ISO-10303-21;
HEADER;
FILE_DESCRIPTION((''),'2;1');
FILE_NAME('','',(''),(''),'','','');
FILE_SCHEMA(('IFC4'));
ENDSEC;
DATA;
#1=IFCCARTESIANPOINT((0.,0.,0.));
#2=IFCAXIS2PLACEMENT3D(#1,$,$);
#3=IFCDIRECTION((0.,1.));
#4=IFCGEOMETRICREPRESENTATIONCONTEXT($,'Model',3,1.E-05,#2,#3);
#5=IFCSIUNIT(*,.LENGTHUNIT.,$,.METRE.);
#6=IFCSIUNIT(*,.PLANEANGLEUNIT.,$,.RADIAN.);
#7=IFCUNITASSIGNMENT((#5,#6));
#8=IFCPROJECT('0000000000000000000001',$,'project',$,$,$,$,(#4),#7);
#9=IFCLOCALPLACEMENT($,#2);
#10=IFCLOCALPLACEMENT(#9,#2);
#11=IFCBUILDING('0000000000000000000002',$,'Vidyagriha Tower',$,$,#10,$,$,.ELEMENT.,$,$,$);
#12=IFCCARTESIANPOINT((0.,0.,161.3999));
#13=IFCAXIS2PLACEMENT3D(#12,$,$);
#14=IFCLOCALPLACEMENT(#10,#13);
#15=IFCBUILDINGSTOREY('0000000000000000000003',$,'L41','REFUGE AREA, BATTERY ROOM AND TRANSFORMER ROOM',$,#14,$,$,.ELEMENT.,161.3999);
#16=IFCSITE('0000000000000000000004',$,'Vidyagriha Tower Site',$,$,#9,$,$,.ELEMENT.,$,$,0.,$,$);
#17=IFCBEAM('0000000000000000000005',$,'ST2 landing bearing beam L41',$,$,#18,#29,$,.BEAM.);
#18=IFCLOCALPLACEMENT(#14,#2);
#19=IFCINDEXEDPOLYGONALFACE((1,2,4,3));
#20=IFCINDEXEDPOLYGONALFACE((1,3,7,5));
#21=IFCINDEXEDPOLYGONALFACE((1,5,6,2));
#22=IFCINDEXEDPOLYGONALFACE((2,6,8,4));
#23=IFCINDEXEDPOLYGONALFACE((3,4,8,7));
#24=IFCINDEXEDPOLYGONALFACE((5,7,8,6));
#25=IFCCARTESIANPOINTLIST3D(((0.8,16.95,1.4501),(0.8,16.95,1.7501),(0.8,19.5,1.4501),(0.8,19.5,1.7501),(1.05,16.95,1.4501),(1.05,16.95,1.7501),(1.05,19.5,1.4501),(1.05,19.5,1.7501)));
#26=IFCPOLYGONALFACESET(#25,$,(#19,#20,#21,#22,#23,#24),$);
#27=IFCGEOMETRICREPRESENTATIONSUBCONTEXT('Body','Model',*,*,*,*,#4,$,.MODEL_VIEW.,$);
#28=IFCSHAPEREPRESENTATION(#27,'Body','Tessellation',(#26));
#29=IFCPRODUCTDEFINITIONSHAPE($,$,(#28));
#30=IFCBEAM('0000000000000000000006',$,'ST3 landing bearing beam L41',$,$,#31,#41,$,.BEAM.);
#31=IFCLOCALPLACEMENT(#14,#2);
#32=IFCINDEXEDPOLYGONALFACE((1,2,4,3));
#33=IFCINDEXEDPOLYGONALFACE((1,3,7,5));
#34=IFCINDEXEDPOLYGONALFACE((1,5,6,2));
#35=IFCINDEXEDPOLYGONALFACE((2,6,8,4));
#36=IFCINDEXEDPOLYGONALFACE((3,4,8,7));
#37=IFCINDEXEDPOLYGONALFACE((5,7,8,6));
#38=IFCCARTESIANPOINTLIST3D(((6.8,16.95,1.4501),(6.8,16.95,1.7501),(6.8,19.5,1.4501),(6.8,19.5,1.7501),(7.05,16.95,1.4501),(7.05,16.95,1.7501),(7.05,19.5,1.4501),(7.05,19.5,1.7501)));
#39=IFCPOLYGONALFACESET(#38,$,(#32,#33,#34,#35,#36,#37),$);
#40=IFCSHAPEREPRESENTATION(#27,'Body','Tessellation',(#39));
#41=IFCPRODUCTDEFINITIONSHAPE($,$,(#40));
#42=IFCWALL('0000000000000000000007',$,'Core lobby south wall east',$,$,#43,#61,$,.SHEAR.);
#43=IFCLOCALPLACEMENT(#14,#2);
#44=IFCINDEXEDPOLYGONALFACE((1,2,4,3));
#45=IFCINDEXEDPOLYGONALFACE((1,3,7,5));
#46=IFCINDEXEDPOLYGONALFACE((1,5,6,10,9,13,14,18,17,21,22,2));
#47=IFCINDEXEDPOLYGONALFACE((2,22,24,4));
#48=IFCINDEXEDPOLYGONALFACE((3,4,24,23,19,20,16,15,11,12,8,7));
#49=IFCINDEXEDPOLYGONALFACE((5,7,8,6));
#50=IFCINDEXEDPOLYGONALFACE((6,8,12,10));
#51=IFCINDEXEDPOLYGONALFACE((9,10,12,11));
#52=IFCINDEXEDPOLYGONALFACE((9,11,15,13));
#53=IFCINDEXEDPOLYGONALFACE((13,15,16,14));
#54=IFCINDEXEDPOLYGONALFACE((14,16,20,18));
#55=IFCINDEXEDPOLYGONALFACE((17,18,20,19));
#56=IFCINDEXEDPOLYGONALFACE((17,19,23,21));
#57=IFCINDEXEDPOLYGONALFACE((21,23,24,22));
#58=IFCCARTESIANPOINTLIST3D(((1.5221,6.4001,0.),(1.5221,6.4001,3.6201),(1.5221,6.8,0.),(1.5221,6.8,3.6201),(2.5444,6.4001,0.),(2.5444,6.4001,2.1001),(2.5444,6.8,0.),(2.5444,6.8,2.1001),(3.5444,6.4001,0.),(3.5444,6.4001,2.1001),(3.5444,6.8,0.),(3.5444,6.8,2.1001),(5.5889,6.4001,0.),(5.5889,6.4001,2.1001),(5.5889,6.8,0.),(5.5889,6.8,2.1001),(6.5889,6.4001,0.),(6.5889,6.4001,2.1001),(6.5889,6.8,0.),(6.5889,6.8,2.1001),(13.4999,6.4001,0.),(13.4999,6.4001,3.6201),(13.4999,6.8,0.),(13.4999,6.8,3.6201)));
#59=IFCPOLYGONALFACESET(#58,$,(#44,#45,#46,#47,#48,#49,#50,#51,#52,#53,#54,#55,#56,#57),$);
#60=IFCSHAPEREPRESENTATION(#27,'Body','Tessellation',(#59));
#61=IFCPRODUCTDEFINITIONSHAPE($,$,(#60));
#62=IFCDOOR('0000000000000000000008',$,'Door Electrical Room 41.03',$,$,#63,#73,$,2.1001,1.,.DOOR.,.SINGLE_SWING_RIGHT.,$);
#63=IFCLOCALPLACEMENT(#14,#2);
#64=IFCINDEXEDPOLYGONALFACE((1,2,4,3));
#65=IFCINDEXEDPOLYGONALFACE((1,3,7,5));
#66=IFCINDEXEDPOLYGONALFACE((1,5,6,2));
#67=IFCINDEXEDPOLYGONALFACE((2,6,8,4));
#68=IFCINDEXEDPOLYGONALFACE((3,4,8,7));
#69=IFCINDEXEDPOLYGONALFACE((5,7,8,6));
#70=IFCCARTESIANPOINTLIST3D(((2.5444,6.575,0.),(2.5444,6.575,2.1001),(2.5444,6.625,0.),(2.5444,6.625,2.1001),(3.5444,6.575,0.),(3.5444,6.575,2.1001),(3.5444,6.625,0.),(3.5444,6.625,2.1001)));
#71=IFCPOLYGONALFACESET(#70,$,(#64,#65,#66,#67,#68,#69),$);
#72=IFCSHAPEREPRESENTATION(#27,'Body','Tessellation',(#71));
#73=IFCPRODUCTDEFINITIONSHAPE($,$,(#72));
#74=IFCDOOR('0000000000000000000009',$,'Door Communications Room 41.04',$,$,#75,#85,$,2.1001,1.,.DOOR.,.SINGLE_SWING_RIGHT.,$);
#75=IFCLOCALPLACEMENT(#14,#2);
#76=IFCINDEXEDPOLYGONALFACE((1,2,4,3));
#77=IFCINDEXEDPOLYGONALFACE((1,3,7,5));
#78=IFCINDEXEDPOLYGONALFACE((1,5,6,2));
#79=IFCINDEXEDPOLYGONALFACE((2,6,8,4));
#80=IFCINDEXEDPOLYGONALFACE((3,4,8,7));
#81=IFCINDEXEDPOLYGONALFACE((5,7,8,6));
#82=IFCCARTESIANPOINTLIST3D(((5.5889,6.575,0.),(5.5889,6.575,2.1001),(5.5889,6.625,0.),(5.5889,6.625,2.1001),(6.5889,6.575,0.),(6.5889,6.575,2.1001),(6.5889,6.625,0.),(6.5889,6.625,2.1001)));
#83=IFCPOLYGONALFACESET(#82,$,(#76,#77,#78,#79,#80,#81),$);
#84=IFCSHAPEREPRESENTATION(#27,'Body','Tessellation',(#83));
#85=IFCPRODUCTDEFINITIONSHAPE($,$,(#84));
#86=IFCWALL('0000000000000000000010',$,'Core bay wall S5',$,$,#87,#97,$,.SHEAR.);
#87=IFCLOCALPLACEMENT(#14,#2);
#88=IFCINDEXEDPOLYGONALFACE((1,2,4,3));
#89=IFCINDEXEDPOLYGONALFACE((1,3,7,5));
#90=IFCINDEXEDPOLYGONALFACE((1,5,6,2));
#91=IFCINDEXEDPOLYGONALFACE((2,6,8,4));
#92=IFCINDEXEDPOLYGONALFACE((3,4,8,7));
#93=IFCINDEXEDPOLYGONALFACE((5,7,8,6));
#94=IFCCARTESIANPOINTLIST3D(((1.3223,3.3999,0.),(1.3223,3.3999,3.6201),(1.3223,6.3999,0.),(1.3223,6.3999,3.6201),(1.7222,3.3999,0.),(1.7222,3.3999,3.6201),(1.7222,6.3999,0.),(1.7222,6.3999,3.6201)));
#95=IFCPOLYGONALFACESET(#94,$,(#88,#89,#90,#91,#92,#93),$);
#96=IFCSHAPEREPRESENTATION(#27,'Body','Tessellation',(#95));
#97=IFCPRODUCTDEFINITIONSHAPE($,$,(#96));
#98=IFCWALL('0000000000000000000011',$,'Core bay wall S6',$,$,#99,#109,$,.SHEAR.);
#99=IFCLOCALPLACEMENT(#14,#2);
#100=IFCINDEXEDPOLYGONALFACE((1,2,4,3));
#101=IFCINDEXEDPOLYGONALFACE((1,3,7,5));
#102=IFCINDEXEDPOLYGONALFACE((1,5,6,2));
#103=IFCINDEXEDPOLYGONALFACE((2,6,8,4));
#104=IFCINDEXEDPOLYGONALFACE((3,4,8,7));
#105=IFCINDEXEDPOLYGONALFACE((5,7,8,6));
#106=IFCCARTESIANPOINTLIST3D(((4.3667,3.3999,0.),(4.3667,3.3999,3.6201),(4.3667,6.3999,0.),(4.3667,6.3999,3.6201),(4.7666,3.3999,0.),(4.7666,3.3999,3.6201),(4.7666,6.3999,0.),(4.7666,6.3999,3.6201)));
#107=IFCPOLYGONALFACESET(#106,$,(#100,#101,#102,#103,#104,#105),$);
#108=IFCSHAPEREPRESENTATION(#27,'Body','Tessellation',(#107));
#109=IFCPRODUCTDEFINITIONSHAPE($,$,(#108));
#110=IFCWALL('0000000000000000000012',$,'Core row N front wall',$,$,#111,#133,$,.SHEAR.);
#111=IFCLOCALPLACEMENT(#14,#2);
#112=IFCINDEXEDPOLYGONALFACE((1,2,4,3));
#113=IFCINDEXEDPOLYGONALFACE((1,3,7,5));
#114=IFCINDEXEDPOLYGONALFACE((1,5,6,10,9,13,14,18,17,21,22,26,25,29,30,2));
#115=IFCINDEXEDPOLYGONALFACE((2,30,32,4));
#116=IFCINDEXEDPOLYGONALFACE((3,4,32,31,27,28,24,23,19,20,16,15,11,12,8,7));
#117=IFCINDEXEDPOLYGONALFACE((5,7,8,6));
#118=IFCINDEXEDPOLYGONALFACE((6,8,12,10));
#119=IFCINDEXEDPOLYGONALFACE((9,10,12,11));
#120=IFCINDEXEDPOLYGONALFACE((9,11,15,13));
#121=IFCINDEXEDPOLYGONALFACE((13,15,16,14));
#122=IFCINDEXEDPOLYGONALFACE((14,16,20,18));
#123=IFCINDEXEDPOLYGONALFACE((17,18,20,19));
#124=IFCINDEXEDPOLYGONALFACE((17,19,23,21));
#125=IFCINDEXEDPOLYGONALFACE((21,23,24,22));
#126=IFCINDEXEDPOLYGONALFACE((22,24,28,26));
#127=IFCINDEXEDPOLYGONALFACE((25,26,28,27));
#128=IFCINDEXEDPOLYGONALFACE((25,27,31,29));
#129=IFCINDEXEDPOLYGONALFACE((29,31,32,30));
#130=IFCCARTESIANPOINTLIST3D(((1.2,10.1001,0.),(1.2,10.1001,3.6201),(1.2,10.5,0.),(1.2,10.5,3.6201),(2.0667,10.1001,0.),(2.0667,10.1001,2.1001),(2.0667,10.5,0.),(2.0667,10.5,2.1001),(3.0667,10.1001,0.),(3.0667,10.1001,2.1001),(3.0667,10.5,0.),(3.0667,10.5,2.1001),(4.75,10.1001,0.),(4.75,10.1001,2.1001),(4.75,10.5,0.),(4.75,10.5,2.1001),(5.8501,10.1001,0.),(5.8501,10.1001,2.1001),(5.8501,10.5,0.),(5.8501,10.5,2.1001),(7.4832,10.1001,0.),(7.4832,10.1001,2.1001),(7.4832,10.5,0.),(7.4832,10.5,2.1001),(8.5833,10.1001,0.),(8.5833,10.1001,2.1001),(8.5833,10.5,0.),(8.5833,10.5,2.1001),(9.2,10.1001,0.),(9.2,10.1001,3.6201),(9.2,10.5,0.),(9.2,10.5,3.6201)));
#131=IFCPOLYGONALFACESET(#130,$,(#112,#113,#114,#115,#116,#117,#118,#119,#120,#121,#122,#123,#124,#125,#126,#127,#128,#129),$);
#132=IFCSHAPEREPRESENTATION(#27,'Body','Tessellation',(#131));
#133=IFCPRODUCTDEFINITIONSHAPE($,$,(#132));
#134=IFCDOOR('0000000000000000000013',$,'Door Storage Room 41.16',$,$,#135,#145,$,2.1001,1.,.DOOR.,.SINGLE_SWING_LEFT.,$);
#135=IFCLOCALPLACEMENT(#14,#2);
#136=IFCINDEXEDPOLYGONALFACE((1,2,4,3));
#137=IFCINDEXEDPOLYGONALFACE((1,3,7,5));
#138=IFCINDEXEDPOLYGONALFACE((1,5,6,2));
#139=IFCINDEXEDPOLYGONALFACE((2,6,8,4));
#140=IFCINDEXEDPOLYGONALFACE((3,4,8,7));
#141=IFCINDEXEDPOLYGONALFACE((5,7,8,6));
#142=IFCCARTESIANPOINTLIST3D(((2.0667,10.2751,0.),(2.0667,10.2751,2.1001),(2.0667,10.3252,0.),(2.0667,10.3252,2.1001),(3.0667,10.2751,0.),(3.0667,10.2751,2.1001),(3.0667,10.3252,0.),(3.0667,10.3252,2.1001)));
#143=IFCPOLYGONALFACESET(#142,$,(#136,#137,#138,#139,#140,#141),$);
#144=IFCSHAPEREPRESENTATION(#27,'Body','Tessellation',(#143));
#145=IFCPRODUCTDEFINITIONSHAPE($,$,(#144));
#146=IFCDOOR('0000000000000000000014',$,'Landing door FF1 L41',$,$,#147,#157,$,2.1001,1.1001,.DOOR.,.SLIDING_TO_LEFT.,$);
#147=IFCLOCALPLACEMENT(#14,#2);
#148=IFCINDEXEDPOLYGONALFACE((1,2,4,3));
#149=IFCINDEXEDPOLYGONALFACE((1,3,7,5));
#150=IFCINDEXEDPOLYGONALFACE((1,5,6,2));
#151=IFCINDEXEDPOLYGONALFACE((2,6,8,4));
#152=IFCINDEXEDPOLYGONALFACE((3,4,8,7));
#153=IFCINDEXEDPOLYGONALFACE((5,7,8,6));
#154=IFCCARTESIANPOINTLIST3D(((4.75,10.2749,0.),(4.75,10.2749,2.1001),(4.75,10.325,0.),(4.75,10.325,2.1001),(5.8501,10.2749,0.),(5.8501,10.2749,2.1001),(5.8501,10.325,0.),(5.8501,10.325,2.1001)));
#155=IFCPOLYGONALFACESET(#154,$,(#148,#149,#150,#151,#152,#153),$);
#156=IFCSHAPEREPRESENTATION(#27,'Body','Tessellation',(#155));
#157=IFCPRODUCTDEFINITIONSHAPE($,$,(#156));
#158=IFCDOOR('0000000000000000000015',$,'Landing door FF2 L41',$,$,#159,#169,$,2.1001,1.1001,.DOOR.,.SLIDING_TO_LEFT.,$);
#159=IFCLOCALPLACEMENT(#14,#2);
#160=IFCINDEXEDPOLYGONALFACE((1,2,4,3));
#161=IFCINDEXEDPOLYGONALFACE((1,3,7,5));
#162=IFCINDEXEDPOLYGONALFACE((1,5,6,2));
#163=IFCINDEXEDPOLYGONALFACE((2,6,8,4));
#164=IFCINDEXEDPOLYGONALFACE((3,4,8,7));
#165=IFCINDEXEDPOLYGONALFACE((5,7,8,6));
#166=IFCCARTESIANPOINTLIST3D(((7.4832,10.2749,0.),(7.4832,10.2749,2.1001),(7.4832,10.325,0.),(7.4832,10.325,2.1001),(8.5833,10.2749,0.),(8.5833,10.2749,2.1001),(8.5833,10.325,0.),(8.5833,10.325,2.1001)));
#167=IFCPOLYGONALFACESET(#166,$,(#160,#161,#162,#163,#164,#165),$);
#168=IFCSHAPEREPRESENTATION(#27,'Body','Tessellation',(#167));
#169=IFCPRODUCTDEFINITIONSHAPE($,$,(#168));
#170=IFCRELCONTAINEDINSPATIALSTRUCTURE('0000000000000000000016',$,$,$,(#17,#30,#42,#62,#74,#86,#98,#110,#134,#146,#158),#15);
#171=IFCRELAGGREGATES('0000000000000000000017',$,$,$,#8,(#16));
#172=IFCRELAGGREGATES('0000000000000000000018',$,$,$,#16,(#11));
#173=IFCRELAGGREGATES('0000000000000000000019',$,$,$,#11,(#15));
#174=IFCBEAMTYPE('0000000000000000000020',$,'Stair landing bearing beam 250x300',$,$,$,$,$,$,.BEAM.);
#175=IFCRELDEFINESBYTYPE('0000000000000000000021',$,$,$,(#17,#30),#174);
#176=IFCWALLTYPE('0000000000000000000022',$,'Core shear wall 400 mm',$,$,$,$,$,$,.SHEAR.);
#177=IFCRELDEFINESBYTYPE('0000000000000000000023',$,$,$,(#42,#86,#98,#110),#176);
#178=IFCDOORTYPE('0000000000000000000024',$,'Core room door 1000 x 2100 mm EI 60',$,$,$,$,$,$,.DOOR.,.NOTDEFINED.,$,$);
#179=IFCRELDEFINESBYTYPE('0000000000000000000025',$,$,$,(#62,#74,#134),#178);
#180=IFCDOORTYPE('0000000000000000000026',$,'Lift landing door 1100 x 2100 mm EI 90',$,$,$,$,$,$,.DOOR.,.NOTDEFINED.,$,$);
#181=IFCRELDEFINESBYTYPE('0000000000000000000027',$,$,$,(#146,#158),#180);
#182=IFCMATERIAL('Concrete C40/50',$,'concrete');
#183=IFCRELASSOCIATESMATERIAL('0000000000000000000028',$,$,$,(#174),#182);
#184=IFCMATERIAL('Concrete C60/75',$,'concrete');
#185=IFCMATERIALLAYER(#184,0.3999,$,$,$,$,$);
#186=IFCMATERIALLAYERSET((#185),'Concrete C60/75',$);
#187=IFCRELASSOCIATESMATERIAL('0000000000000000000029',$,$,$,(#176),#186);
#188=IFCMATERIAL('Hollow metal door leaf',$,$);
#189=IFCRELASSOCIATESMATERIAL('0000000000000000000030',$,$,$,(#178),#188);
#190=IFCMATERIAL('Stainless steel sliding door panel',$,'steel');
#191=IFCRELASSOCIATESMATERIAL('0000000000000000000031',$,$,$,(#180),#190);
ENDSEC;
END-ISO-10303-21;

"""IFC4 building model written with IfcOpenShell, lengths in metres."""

from ifc_helpers import new_model, si_unit, direction, frame, frame_2d, origin, origin_2d, place, context, subcontext, project, spatial, rectangle, extrude, material, layer, layer_set, material_profile, profile_set, type_object, element, fill, save


model = new_model("IFC4")

# Units and contexts
model_context = context("Model", 3, precision=1e-05, world=origin(), true_north=direction((0.0, 1.0)))
body_context = subcontext(model_context, "Body", "Model", "MODEL_VIEW")
ifc_project = project(units=[si_unit("LENGTHUNIT", "METRE"), si_unit("PLANEANGLEUNIT", "RADIAN")], contexts=[model_context])

# Site, building, storey
site_placement = place(None, origin())
site = spatial("IfcSite", under=ifc_project, at=site_placement, Name="Vidyagriha Tower Site", CompositionType="ELEMENT", RefElevation=0.0)
building_placement = place(site_placement, origin())
building = spatial("IfcBuilding", under=site, at=building_placement, Name="Vidyagriha Tower", CompositionType="ELEMENT")
storey_placement = place(building_placement, frame((0.0, 0.0, 161.3999)))
storey = spatial("IfcBuildingStorey", under=building, at=storey_placement, Name="L41", Description="REFUGE AREA, BATTERY ROOM AND TRANSFORMER ROOM", CompositionType="ELEMENT", Elevation=161.3999)

# Beams
ifc_material_1 = material(Name="Concrete C40/50", Category="concrete")
ifc_material_profile = material_profile(ifc_material_1, rectangle(XDim=0.25, YDim=0.3, at=origin_2d()), Name="Stair landing bearing beam 250x300")
ifc_profile_set = profile_set([ifc_material_profile], Name="Concrete C40/50")
beam_type = type_object("IfcBeamType", Name="Stair landing bearing beam 250x300", PredefinedType="BEAM", material=ifc_profile_set)
for number, where, z_axis, x_axis, name in (
    (1, (0.925, 16.95, 1.6001), (0.0, 1.0, 0.0), (-1.0, 0.0, 0.0), "ST2 landing bearing beam L41"),
    (2, (6.925, 16.95, 1.6001), (0.0, 1.0, 0.0), (-1.0, 0.0, 0.0), "ST3 landing bearing beam L41"),
):
    element("IfcBeam", number, at=place(storey_placement, frame(where, z_axis=z_axis, x_axis=x_axis)), inside=storey, type_object=beam_type, Name=name, PredefinedType="BEAM", context=body_context, shape_type="SweptSolid", body=[
        extrude(rectangle(XDim=0.25, YDim=0.3, at=origin_2d()), origin(), (0.0, 0.0, 1.0), 2.55),
    ])

# Wall, openings, doors
ifc_material_2 = material(Name="Concrete C60/75", Category="concrete")
ifc_layer_1 = layer(ifc_material_2, 0.3999)
ifc_layer_set_1 = layer_set([ifc_layer_1], Name="Concrete C60/75")
wall_type_1 = type_object("IfcWallType", Name="Core shear wall 400 mm", PredefinedType="SHEAR", material=ifc_layer_set_1)
wall_1_placement = place(storey_placement, frame((1.5222, 6.6001, 0.0)))
wall_1 = element("IfcWall", 3, at=wall_1_placement, inside=storey, type_object=wall_type_1, Name="Core lobby south wall east", PredefinedType="SHEAR", context=body_context, shape_type="SweptSolid", body=[
    extrude(rectangle(XDim=11.9778, YDim=0.3999, at=frame_2d((5.9888, 0.0))), origin(), (0.0, 0.0, 1.0), 3.6201),
])
opening_1_placement = place(wall_1_placement, frame((1.0222, 0.0, 0.0)))
opening_1 = element("IfcOpeningElement", 4, at=opening_1_placement, cuts=wall_1, PredefinedType="OPENING", context=body_context, shape_type="SweptSolid", body=[
    extrude(rectangle(XDim=1.0, YDim=2.1001, at=frame_2d((0.5, 1.05))), frame((0.0, 0.21, 0.0), z_axis=(0.0, -1.0, 0.0), x_axis=(1.0, 0.0, 0.0)), (0.0, 0.0, 1.0), 0.4199),
])
opening_2_placement = place(wall_1_placement, frame((4.0667, 0.0, 0.0)))
opening_2 = element("IfcOpeningElement", 5, at=opening_2_placement, cuts=wall_1, PredefinedType="OPENING", context=body_context, shape_type="SweptSolid", body=[
    extrude(rectangle(XDim=1.0, YDim=2.1001, at=frame_2d((0.5, 1.05))), frame((0.0, 0.21, 0.0), z_axis=(0.0, -1.0, 0.0), x_axis=(1.0, 0.0, 0.0)), (0.0, 0.0, 1.0), 0.4199),
])
ifc_material_3 = material(Name="Hollow metal door leaf")
door_type_1 = type_object("IfcDoorType", Name="Core room door 1000 x 2100 mm EI 60", OperationType="NOTDEFINED", PredefinedType="DOOR", material=ifc_material_3)
door_1_placement = place(opening_1_placement, origin())
door_1 = element("IfcDoor", 6, at=door_1_placement, inside=storey, type_object=door_type_1, Name="Door Electrical Room 41.03", OperationType="SINGLE_SWING_RIGHT", OverallHeight=2.1001, OverallWidth=1.0, PredefinedType="DOOR", context=body_context, shape_type="SweptSolid", body=[
    extrude(rectangle(XDim=1.0, YDim=2.1001, at=frame_2d((0.5, 1.05))), frame((0.0, 0.0249, 0.0), z_axis=(0.0, -1.0, 0.0), x_axis=(1.0, 0.0, 0.0)), (0.0, 0.0, 1.0), 0.05),
])
fill(opening_1, door_1)
door_2_placement = place(opening_2_placement, origin())
door_2 = element("IfcDoor", 7, at=door_2_placement, inside=storey, type_object=door_type_1, Name="Door Communications Room 41.04", OperationType="SINGLE_SWING_RIGHT", OverallHeight=2.1001, OverallWidth=1.0, PredefinedType="DOOR", context=body_context, shape_type="SweptSolid", body=[
    extrude(rectangle(XDim=1.0, YDim=2.1001, at=frame_2d((0.5, 1.05))), frame((0.0, 0.0249, 0.0), z_axis=(0.0, -1.0, 0.0), x_axis=(1.0, 0.0, 0.0)), (0.0, 0.0, 1.0), 0.05),
])
fill(opening_2, door_2)

# Walls
for number, where, z_axis, x_axis, name in (
    (8, (1.5222, 3.3999, 0.0), (0.0, 0.0, 1.0), (0.0, 1.0, 0.0), "Core bay wall S5"),
    (9, (4.5667, 3.3999, 0.0), (0.0, 0.0, 1.0), (0.0, 1.0, 0.0), "Core bay wall S6"),
):
    element("IfcWall", number, at=place(storey_placement, frame(where, z_axis=z_axis, x_axis=x_axis)), inside=storey, type_object=wall_type_1, Name=name, PredefinedType="SHEAR", context=body_context, shape_type="SweptSolid", body=[
        extrude(rectangle(XDim=3.0, YDim=0.3999, at=frame_2d((1.5, 0.0))), origin(), (0.0, 0.0, 1.0), 3.6201),
    ])

# Wall, openings, doors
wall_2_placement = place(storey_placement, frame((1.2, 10.3, 0.0)))
wall_2 = element("IfcWall", 10, at=wall_2_placement, inside=storey, type_object=wall_type_1, Name="Core row N front wall", PredefinedType="SHEAR", context=body_context, shape_type="SweptSolid", body=[
    extrude(rectangle(XDim=8.0, YDim=0.3999, at=frame_2d((4.0, 0.0))), origin(), (0.0, 0.0, 1.0), 3.6201),
])
opening_3_placement = place(wall_2_placement, frame((3.55, 0.0, 0.0)))
opening_3 = element("IfcOpeningElement", 11, at=opening_3_placement, cuts=wall_2, PredefinedType="OPENING", context=body_context, shape_type="SweptSolid", body=[
    extrude(rectangle(XDim=1.1001, YDim=2.1001, at=frame_2d((0.55, 1.05))), frame((0.0, 0.21, 0.0), z_axis=(0.0, -1.0, 0.0), x_axis=(1.0, 0.0, 0.0)), (0.0, 0.0, 1.0), 0.4199),
])
opening_4_placement = place(wall_2_placement, frame((6.2832, 0.0, 0.0)))
opening_4 = element("IfcOpeningElement", 12, at=opening_4_placement, cuts=wall_2, PredefinedType="OPENING", context=body_context, shape_type="SweptSolid", body=[
    extrude(rectangle(XDim=1.1001, YDim=2.1001, at=frame_2d((0.55, 1.05))), frame((0.0, 0.21, 0.0), z_axis=(0.0, -1.0, 0.0), x_axis=(1.0, 0.0, 0.0)), (0.0, 0.0, 1.0), 0.4199),
])
opening_5_placement = place(wall_2_placement, frame((0.8667, 0.0, 0.0)))
opening_5 = element("IfcOpeningElement", 13, at=opening_5_placement, cuts=wall_2, PredefinedType="OPENING", context=body_context, shape_type="SweptSolid", body=[
    extrude(rectangle(XDim=1.0, YDim=2.1001, at=frame_2d((0.5, 1.05))), frame((0.0, 0.21, 0.0), z_axis=(0.0, -1.0, 0.0), x_axis=(1.0, 0.0, 0.0)), (0.0, 0.0, 1.0), 0.4199),
])
door_3_placement = place(opening_5_placement, frame((1.0, 0.0, 0.0), z_axis=(0.0, 0.0, 1.0), x_axis=(-1.0, 0.0, 0.0)))
door_3 = element("IfcDoor", 14, at=door_3_placement, inside=storey, type_object=door_type_1, Name="Door Storage Room 41.16", OperationType="SINGLE_SWING_LEFT", OverallHeight=2.1001, OverallWidth=1.0, PredefinedType="DOOR", context=body_context, shape_type="SweptSolid", body=[
    extrude(rectangle(XDim=1.0, YDim=2.1001, at=frame_2d((0.5, 1.05))), frame((0.0, 0.0249, 0.0), z_axis=(0.0, -1.0, 0.0), x_axis=(1.0, 0.0, 0.0)), (0.0, 0.0, 1.0), 0.05),
])
fill(opening_5, door_3)
ifc_material_4 = material(Name="Stainless steel sliding door panel", Category="steel")
door_type_2 = type_object("IfcDoorType", Name="Lift landing door 1100 x 2100 mm EI 90", OperationType="NOTDEFINED", PredefinedType="DOOR", material=ifc_material_4)
door_4_placement = place(opening_3_placement, origin())
door_4 = element("IfcDoor", 15, at=door_4_placement, inside=storey, type_object=door_type_2, Name="Landing door FF1 L41", OperationType="SLIDING_TO_LEFT", OverallHeight=2.1001, OverallWidth=1.1001, PredefinedType="DOOR", context=body_context, shape_type="SweptSolid", body=[
    extrude(rectangle(XDim=1.1001, YDim=2.1001, at=frame_2d((0.55, 1.05))), frame((0.0, 0.0249, 0.0), z_axis=(0.0, -1.0, 0.0), x_axis=(1.0, 0.0, 0.0)), (0.0, 0.0, 1.0), 0.05),
])
fill(opening_3, door_4)
door_5_placement = place(opening_4_placement, origin())
door_5 = element("IfcDoor", 16, at=door_5_placement, inside=storey, type_object=door_type_2, Name="Landing door FF2 L41", OperationType="SLIDING_TO_LEFT", OverallHeight=2.1001, OverallWidth=1.1001, PredefinedType="DOOR", context=body_context, shape_type="SweptSolid", body=[
    extrude(rectangle(XDim=1.1001, YDim=2.1001, at=frame_2d((0.55, 1.05))), frame((0.0, 0.0249, 0.0), z_axis=(0.0, -1.0, 0.0), x_axis=(1.0, 0.0, 0.0)), (0.0, 0.0, 1.0), 0.05),
])
fill(opening_4, door_5)

save(model, "model.ifc")
